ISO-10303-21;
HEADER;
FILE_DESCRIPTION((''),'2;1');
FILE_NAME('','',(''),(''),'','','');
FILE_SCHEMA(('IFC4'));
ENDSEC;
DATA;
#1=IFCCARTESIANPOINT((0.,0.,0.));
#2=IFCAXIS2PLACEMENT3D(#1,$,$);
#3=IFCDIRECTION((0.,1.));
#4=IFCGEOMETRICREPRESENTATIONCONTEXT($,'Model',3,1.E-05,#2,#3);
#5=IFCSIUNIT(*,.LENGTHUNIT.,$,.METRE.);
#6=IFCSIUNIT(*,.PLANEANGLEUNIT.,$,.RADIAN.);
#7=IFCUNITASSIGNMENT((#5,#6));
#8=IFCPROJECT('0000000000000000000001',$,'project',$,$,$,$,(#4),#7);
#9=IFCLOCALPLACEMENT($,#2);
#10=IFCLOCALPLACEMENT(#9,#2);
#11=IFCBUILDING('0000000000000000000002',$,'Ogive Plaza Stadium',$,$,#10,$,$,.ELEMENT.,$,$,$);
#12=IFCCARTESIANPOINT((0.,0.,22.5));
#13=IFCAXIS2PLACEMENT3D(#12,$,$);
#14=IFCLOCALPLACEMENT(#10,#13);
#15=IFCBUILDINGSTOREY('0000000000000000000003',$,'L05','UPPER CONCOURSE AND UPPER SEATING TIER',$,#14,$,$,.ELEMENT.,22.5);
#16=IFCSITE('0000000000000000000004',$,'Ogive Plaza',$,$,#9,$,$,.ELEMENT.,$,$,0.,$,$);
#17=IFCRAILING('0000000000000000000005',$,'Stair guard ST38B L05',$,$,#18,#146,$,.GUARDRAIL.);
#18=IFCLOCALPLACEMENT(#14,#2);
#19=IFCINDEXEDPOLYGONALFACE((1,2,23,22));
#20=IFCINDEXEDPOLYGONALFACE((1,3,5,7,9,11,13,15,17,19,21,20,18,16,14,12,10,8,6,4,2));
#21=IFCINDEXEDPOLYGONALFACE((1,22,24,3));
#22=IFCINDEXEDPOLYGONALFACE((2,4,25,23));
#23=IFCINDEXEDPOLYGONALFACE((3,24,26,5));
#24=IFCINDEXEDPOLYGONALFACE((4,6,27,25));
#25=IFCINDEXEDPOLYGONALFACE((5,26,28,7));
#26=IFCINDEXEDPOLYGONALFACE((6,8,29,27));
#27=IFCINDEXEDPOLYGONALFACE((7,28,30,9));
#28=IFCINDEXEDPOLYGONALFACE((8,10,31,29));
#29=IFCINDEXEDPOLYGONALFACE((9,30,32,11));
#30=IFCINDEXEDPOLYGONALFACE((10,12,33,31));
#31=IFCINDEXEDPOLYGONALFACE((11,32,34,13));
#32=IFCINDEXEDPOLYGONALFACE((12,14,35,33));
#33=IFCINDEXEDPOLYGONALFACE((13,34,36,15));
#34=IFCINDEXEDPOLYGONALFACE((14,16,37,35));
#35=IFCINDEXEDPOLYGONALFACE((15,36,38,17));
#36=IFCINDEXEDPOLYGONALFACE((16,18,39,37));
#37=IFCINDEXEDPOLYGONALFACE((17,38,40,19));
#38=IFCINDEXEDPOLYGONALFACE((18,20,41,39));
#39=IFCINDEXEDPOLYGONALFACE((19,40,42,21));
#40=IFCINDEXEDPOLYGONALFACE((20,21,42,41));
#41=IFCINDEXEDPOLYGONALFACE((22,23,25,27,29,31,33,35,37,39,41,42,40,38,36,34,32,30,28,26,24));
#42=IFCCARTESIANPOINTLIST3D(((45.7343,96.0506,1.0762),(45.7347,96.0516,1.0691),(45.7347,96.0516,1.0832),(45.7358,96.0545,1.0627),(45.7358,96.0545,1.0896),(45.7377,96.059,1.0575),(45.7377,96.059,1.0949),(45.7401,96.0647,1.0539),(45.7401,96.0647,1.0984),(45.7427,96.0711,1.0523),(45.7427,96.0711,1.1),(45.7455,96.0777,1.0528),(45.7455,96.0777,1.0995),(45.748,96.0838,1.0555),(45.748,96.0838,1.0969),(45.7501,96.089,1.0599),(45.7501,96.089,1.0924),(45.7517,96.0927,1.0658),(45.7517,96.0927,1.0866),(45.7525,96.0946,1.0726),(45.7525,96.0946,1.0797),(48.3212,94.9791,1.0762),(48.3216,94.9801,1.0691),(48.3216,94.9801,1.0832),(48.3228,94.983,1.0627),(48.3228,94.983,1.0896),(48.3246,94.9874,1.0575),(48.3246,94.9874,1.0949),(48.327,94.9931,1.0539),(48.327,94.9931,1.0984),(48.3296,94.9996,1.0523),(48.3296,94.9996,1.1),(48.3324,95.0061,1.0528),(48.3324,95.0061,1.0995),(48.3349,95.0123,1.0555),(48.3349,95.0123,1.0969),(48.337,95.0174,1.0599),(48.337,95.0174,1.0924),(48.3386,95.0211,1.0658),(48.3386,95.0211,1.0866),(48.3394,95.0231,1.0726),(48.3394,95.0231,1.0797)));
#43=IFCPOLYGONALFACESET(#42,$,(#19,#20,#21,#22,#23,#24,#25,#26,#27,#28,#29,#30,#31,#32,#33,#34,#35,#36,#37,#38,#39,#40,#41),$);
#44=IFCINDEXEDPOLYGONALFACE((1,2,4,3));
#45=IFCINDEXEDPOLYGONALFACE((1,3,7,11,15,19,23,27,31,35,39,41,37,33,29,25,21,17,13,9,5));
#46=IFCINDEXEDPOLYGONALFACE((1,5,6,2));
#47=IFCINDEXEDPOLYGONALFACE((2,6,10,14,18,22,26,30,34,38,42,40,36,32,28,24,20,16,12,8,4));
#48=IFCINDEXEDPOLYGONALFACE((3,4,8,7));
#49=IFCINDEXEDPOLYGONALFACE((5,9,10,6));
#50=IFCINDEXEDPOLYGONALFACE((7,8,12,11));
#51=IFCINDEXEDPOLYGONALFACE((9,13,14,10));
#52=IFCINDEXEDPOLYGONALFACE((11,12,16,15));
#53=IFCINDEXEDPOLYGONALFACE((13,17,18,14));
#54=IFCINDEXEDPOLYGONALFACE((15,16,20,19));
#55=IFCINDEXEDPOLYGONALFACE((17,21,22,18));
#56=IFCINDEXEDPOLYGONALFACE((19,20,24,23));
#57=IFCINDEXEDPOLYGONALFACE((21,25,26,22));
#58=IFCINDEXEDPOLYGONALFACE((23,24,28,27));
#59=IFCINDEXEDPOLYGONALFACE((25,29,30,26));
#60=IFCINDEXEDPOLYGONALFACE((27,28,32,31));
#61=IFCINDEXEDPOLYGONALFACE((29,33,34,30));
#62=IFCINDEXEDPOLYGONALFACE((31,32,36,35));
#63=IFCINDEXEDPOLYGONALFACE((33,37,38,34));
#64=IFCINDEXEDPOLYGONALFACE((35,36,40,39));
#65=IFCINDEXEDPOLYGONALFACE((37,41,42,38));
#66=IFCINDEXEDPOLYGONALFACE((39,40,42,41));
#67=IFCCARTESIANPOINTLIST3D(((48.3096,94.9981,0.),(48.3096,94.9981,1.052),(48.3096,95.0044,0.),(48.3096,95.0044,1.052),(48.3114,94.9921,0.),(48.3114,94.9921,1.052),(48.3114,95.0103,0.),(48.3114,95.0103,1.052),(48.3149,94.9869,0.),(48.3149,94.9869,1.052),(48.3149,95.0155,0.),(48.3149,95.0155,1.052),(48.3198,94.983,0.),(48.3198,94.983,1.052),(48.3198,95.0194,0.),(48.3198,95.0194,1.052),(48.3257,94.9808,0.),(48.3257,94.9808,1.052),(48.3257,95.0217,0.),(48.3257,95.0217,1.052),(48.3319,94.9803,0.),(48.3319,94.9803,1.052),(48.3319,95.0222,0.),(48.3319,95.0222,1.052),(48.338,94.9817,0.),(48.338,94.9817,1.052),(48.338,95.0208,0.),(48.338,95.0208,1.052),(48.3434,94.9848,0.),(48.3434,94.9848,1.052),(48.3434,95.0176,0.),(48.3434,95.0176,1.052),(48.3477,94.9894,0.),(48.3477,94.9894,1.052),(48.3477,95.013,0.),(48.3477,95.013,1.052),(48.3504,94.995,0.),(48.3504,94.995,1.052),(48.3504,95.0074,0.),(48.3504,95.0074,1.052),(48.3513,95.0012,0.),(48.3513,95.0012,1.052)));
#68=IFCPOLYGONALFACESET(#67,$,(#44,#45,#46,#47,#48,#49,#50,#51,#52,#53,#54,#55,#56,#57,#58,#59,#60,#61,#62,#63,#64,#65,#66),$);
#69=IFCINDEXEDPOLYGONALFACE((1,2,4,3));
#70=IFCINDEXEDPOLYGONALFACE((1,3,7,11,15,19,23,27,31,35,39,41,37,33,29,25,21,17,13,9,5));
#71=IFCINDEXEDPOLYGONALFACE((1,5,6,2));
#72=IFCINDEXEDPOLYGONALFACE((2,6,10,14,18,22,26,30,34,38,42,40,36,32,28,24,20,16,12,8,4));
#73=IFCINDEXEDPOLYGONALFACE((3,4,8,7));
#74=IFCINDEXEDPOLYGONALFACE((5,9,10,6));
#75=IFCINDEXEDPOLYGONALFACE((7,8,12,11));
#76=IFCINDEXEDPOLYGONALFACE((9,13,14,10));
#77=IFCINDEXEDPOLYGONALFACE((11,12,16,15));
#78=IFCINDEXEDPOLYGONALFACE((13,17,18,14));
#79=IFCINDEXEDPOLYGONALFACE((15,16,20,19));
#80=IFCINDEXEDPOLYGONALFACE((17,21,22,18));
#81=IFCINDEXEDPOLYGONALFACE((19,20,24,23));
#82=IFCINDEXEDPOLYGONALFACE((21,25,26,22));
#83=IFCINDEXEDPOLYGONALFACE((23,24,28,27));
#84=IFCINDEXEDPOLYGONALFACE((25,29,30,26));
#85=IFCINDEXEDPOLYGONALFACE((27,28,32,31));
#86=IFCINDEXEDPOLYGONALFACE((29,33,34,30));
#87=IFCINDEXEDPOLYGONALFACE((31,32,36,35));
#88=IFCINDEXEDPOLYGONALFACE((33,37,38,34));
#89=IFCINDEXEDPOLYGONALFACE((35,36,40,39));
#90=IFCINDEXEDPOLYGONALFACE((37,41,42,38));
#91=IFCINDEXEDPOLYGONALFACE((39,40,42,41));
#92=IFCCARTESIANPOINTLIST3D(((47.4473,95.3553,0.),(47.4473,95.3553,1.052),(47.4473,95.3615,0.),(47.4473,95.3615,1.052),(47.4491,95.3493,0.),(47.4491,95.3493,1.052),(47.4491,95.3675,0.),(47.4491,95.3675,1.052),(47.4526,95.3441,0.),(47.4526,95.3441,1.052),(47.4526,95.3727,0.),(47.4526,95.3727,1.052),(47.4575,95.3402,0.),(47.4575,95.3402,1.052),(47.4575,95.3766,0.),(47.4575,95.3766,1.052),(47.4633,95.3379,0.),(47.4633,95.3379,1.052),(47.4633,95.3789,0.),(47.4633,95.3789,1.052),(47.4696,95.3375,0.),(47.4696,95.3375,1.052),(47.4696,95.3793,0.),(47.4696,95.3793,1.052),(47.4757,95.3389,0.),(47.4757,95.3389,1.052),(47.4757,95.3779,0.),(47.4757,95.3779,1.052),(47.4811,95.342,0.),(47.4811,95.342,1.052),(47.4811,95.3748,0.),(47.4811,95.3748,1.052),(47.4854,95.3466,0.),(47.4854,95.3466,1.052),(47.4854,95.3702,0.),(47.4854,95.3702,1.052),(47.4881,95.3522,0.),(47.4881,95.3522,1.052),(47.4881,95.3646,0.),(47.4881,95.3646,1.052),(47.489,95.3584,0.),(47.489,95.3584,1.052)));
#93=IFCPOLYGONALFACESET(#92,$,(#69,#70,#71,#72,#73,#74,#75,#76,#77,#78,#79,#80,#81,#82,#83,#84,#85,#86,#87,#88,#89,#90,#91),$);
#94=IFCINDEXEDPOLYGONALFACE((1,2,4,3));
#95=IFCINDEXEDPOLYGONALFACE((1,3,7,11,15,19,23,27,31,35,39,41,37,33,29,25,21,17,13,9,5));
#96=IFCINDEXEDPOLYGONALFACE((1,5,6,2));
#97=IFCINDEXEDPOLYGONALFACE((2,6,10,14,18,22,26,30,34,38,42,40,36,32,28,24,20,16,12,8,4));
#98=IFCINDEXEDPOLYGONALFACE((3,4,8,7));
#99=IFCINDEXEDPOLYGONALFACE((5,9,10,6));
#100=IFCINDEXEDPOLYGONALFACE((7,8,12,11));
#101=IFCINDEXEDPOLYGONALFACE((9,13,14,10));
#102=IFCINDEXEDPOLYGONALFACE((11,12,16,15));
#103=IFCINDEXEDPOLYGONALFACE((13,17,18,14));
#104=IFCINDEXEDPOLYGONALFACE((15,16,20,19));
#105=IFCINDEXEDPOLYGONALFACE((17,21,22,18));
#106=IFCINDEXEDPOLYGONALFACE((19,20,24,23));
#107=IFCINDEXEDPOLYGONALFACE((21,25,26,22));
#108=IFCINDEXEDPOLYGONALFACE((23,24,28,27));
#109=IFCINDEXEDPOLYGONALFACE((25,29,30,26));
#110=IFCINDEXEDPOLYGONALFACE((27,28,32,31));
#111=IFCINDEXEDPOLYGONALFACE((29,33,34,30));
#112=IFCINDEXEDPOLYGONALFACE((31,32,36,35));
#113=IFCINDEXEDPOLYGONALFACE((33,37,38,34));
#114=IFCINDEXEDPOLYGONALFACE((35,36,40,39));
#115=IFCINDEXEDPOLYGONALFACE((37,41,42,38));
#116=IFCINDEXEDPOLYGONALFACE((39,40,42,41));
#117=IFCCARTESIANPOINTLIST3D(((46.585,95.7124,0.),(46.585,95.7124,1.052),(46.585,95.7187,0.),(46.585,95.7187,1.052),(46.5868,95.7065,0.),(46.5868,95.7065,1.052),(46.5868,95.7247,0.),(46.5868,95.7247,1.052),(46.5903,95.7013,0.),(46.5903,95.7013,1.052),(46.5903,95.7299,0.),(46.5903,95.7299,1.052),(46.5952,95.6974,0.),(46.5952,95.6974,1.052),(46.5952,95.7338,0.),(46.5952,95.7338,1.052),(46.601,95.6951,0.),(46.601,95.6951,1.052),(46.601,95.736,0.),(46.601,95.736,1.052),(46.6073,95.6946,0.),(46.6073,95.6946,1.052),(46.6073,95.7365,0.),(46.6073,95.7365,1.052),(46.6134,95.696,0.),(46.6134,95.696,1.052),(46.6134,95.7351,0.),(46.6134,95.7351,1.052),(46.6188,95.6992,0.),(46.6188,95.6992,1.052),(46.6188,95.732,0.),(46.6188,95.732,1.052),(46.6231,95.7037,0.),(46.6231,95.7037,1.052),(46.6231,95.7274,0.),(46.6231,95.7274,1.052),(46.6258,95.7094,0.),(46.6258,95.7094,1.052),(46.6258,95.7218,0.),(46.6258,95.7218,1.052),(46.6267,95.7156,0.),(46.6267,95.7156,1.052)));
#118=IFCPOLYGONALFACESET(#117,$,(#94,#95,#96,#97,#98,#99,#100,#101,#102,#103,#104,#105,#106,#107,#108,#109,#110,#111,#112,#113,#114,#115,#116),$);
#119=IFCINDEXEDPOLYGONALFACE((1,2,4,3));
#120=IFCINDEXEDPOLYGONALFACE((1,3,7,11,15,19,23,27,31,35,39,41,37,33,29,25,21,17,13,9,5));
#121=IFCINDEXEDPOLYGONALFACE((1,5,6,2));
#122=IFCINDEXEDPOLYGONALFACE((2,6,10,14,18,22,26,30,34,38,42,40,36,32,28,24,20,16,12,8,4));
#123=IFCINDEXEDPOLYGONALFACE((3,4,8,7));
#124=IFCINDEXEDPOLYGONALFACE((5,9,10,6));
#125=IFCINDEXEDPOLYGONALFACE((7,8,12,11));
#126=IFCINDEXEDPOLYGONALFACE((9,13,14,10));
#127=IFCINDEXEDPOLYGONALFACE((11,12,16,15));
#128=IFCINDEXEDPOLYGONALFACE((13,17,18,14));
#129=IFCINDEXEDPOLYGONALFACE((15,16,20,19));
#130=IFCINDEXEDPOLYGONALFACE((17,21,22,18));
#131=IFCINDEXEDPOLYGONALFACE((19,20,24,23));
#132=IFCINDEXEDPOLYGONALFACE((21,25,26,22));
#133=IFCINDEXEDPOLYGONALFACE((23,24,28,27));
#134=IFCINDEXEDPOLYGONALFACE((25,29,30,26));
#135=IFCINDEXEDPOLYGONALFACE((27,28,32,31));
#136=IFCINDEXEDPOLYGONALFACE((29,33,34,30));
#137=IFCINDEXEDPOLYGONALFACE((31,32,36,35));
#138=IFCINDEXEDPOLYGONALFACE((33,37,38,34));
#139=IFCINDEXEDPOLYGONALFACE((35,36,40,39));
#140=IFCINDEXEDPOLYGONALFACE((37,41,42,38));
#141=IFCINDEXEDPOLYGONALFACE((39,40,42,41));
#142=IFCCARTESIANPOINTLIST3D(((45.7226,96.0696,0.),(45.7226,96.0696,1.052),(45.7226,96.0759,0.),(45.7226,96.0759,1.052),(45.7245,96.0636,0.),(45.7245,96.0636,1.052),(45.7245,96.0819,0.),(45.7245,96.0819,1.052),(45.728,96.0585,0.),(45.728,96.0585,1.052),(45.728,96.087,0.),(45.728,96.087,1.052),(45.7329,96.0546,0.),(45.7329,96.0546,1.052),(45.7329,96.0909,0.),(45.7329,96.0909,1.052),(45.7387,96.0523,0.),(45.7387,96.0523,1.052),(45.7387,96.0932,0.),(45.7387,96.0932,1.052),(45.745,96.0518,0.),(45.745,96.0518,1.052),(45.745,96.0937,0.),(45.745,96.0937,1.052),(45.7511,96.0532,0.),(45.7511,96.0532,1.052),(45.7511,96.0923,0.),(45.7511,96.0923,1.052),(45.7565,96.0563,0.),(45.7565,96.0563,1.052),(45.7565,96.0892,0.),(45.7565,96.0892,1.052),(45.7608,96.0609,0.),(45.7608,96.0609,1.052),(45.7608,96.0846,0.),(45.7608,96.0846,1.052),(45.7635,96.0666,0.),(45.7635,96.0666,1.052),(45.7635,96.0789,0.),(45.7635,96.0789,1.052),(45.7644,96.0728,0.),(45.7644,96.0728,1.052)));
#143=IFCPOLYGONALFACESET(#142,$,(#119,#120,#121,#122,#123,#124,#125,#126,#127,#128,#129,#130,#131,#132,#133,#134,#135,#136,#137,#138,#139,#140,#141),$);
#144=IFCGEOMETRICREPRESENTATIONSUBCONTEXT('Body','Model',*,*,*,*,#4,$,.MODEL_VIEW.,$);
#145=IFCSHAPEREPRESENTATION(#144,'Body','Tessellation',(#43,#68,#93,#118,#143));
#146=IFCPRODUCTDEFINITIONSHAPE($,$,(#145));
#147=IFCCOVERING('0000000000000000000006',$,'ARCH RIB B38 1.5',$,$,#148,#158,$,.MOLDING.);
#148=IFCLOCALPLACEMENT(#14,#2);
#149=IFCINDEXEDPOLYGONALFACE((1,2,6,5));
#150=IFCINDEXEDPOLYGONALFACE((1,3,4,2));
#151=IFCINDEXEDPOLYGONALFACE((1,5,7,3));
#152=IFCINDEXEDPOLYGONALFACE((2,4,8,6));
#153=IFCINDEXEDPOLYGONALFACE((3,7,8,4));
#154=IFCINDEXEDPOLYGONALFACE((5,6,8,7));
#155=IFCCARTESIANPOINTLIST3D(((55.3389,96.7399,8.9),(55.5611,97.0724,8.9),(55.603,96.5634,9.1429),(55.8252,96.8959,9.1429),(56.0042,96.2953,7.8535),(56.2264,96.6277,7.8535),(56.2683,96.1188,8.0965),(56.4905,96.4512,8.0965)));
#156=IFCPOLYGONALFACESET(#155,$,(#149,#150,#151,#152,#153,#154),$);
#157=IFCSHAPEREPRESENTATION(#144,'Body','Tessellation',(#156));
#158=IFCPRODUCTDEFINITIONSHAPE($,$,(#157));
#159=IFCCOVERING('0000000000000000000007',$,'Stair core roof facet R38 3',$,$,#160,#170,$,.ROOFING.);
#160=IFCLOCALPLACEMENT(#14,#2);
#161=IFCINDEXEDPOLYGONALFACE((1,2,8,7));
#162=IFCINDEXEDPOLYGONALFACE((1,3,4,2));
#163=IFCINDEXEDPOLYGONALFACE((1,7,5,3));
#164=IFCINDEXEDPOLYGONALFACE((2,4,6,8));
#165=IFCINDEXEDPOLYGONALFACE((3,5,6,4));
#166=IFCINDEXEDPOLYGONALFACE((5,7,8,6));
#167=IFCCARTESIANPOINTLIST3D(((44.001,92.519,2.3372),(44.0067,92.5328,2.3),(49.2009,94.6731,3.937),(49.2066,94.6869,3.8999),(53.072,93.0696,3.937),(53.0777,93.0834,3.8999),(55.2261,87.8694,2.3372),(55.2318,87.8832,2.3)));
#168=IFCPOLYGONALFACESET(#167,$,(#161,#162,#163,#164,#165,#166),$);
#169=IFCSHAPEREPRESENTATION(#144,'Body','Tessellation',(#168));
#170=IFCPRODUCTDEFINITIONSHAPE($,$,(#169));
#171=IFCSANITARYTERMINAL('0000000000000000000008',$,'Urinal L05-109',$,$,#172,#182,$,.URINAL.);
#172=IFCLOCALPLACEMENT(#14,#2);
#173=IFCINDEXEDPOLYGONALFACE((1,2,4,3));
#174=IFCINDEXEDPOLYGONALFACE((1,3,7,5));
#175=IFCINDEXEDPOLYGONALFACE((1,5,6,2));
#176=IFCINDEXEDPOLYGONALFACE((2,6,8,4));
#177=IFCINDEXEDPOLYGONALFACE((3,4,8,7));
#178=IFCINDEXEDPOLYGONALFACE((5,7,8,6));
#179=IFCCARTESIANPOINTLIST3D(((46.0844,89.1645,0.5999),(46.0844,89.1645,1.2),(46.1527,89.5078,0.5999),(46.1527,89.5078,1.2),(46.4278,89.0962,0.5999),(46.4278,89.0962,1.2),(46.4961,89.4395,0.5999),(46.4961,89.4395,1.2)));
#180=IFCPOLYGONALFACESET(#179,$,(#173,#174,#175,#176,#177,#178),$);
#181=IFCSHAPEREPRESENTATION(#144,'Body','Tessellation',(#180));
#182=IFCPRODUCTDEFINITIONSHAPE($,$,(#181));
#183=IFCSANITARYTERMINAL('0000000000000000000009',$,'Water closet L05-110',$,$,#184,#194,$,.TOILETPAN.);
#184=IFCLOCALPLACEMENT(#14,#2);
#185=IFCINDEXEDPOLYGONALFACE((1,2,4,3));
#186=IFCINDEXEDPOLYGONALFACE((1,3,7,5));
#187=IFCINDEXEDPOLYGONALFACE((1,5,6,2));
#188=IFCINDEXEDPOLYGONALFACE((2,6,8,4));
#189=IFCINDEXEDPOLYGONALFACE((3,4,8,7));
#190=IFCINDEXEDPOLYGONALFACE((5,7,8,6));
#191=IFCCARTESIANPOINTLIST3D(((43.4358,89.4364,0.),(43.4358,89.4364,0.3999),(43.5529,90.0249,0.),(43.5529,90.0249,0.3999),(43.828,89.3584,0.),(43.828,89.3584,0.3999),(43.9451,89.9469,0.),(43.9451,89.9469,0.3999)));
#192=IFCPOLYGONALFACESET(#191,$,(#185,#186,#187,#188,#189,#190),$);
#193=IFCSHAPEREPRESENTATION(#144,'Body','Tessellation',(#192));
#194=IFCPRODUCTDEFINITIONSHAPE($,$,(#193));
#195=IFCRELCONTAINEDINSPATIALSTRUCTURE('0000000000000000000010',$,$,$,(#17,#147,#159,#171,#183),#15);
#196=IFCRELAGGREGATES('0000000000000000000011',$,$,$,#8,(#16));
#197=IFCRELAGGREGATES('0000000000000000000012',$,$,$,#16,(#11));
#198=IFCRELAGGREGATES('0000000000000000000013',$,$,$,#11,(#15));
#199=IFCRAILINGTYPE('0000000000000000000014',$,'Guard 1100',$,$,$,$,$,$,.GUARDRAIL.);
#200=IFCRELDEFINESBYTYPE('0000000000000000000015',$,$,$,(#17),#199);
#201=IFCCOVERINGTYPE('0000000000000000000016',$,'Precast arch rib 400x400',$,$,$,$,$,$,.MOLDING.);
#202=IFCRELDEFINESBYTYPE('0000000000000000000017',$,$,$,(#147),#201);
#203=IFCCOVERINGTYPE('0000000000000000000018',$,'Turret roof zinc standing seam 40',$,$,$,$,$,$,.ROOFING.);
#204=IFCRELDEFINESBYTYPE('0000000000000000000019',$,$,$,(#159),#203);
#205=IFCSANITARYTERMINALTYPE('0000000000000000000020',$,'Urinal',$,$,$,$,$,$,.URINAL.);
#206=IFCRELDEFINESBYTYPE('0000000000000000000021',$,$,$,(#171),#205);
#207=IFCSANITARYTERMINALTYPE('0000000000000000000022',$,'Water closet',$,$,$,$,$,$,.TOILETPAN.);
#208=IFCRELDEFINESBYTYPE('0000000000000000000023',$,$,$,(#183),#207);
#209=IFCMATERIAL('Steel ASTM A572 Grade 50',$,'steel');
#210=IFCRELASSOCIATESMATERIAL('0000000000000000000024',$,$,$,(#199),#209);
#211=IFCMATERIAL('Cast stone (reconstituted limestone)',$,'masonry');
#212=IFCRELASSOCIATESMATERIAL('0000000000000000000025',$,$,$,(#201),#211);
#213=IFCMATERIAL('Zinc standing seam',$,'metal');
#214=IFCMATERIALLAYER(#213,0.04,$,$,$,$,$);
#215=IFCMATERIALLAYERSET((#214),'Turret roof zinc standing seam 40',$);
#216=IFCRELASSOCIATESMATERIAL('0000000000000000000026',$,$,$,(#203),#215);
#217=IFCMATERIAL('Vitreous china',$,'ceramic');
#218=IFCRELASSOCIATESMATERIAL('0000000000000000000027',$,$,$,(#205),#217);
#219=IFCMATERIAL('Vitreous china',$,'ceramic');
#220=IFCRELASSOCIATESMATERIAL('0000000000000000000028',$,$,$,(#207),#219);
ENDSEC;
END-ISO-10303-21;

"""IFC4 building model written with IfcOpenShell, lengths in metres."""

from ifc_helpers import new_model, si_unit, direction, frame, origin, origin_2d, place, context, subcontext, project, spatial, polyline, rectangle, circle, outline, extrude, material, layer, layer_set, material_profile, profile_set, type_object, element, save


model = new_model("IFC4")

# Units and contexts
model_context = context("Model", 3, precision=1e-05, world=origin(), true_north=direction((0.0, 1.0)))
body_context = subcontext(model_context, "Body", "Model", "MODEL_VIEW")
ifc_project = project(units=[si_unit("LENGTHUNIT", "METRE"), si_unit("PLANEANGLEUNIT", "RADIAN")], contexts=[model_context])

# Site, building, storey
site_placement = place(None, origin())
site = spatial("IfcSite", under=ifc_project, at=site_placement, Name="Ogive Plaza", CompositionType="ELEMENT", RefElevation=0.0)
building_placement = place(site_placement, origin())
building = spatial("IfcBuilding", under=site, at=building_placement, Name="Ogive Plaza Stadium", CompositionType="ELEMENT")
storey_placement = place(building_placement, frame((0.0, 0.0, 22.5)))
storey = spatial("IfcBuildingStorey", under=building, at=storey_placement, Name="L05", Description="UPPER CONCOURSE AND UPPER SEATING TIER", CompositionType="ELEMENT", Elevation=22.5)

# Railing
ifc_material_1 = material(Name="Steel ASTM A572 Grade 50", Category="steel")
railing_type = type_object("IfcRailingType", Name="Guard 1100", PredefinedType="GUARDRAIL", material=ifc_material_1)
railing_placement = place(storey_placement, frame((48.3303, 95.0012, 0.0)))
element("IfcRailing", 1, at=railing_placement, inside=storey, type_object=railing_type, Name="Stair guard ST38B L05", PredefinedType="GUARDRAIL", context=body_context, shape_type="SweptSolid", body=[
    extrude(circle(Radius=0.0239, at=origin_2d()), frame((0.0, 0.0, 1.0762), z_axis=(-0.92388, 0.382683, 0.0), x_axis=(-0.382683, -0.92388, 0.0)), (0.0, 0.0, 1.0), 2.8),
    extrude(circle(Radius=0.021, at=origin_2d()), origin(), (0.0, 0.0, 1.0), 1.052),
    extrude(circle(Radius=0.021, at=origin_2d()), frame((-0.8623, 0.3572, 0.0)), (0.0, 0.0, 1.0), 1.052),
    extrude(circle(Radius=0.021, at=origin_2d()), frame((-1.7246, 0.7144, 0.0)), (0.0, 0.0, 1.0), 1.052),
    extrude(circle(Radius=0.021, at=origin_2d()), frame((-2.5869, 1.0715, 0.0)), (0.0, 0.0, 1.0), 1.052),
])

# Coverings
ifc_material_2 = material(Name="Cast stone (reconstituted limestone)", Category="masonry")
ifc_material_profile_1 = material_profile(ifc_material_2, rectangle(XDim=0.3999, YDim=0.3999, at=origin_2d()), Name="Cast stone 400x400")
ifc_profile_set_1 = profile_set([ifc_material_profile_1], Name="Cast stone (reconstituted limestone)")
covering_type_1 = type_object("IfcCoveringType", Name="Precast arch rib 400x400", PredefinedType="MOLDING", material=ifc_profile_set_1)
covering_1_placement = place(storey_placement, frame((55.582, 96.8179, 9.0215), z_axis=(0.50505, -0.337503, -0.794365), x_axis=(0.555615, 0.83144, 0.0)))
element("IfcCovering", 2, at=covering_1_placement, inside=storey, type_object=covering_type_1, Name="ARCH RIB B38 1.5", PredefinedType="MOLDING", context=body_context, shape_type="SweptSolid", body=[
    extrude(rectangle(XDim=0.3999, YDim=0.3999, at=origin_2d()), origin(), (0.0, 0.0, 1.0), 1.3174),
])
ifc_material_3 = material(Name="Zinc standing seam", Category="metal")
ifc_layer_1 = layer(ifc_material_3, 0.04)
ifc_layer_set_1 = layer_set([ifc_layer_1], Name="Turret roof zinc standing seam 40")
covering_type_2 = type_object("IfcCoveringType", Name="Turret roof zinc standing seam 40", PredefinedType="ROOFING", material=ifc_layer_set_1)
covering_2_placement = place(storey_placement, frame((44.001, 92.519, 2.3372), z_axis=(-0.14273, -0.344575, 0.927845), x_axis=(0.923877, -0.382689, 0.000001)))
element("IfcCovering", 3, at=covering_2_placement, inside=storey, type_object=covering_type_2, Name="Stair core roof facet R38 3", PredefinedType="ROOFING", context=body_context, shape_type="SweptSolid", body=[
    extrude(outline(polyline([(0.0, 0.0), (12.15, 0.0), (8.1698, 4.2895), (3.9798, 4.2896), (0.0, 0.0)])), origin(), (0.0, 0.0, -1.0), 0.04),
])

# Sanitary terminals
ifc_material_4 = material(Name="Vitreous china", Category="ceramic")
sanitary_terminal_type_1 = type_object("IfcSanitaryTerminalType", Name="Urinal", PredefinedType="URINAL", material=ifc_material_4)
sanitary_terminal_placement = place(storey_placement, frame((46.2903, 89.302, 0.5999), z_axis=(0.0, 0.0, 1.0), x_axis=(-0.980785, 0.19509, 0.0)))
element("IfcSanitaryTerminal", 4, at=sanitary_terminal_placement, inside=storey, type_object=sanitary_terminal_type_1, Name="Urinal L05-109", PredefinedType="URINAL", context=body_context, shape_type="SweptSolid", body=[
    extrude(rectangle(XDim=0.3501, YDim=0.3501, at=origin_2d()), origin(), (0.0, 0.0, 1.0), 0.6001),
])
ifc_material_5 = material(Name="Vitreous china", Category="ceramic")
sanitary_terminal_type_2 = type_object("IfcSanitaryTerminalType", Name="Water closet", PredefinedType="TOILETPAN", material=ifc_material_5)
for number, where, z_axis, x_axis, name in (
    (5, (43.6904, 89.6917, 0.0), (0.0, 0.0, 1.0), (-0.980785, 0.19509, 0.0), "Water closet L05-110"),
):
    element("IfcSanitaryTerminal", number, at=place(storey_placement, frame(where, z_axis=z_axis, x_axis=x_axis)), inside=storey, type_object=sanitary_terminal_type_2, Name=name, PredefinedType="TOILETPAN", context=body_context, shape_type="SweptSolid", body=[
        extrude(rectangle(XDim=0.3999, YDim=0.6001, at=origin_2d()), origin(), (0.0, 0.0, 1.0), 0.3999),
    ])

save(model, "model.ifc")
